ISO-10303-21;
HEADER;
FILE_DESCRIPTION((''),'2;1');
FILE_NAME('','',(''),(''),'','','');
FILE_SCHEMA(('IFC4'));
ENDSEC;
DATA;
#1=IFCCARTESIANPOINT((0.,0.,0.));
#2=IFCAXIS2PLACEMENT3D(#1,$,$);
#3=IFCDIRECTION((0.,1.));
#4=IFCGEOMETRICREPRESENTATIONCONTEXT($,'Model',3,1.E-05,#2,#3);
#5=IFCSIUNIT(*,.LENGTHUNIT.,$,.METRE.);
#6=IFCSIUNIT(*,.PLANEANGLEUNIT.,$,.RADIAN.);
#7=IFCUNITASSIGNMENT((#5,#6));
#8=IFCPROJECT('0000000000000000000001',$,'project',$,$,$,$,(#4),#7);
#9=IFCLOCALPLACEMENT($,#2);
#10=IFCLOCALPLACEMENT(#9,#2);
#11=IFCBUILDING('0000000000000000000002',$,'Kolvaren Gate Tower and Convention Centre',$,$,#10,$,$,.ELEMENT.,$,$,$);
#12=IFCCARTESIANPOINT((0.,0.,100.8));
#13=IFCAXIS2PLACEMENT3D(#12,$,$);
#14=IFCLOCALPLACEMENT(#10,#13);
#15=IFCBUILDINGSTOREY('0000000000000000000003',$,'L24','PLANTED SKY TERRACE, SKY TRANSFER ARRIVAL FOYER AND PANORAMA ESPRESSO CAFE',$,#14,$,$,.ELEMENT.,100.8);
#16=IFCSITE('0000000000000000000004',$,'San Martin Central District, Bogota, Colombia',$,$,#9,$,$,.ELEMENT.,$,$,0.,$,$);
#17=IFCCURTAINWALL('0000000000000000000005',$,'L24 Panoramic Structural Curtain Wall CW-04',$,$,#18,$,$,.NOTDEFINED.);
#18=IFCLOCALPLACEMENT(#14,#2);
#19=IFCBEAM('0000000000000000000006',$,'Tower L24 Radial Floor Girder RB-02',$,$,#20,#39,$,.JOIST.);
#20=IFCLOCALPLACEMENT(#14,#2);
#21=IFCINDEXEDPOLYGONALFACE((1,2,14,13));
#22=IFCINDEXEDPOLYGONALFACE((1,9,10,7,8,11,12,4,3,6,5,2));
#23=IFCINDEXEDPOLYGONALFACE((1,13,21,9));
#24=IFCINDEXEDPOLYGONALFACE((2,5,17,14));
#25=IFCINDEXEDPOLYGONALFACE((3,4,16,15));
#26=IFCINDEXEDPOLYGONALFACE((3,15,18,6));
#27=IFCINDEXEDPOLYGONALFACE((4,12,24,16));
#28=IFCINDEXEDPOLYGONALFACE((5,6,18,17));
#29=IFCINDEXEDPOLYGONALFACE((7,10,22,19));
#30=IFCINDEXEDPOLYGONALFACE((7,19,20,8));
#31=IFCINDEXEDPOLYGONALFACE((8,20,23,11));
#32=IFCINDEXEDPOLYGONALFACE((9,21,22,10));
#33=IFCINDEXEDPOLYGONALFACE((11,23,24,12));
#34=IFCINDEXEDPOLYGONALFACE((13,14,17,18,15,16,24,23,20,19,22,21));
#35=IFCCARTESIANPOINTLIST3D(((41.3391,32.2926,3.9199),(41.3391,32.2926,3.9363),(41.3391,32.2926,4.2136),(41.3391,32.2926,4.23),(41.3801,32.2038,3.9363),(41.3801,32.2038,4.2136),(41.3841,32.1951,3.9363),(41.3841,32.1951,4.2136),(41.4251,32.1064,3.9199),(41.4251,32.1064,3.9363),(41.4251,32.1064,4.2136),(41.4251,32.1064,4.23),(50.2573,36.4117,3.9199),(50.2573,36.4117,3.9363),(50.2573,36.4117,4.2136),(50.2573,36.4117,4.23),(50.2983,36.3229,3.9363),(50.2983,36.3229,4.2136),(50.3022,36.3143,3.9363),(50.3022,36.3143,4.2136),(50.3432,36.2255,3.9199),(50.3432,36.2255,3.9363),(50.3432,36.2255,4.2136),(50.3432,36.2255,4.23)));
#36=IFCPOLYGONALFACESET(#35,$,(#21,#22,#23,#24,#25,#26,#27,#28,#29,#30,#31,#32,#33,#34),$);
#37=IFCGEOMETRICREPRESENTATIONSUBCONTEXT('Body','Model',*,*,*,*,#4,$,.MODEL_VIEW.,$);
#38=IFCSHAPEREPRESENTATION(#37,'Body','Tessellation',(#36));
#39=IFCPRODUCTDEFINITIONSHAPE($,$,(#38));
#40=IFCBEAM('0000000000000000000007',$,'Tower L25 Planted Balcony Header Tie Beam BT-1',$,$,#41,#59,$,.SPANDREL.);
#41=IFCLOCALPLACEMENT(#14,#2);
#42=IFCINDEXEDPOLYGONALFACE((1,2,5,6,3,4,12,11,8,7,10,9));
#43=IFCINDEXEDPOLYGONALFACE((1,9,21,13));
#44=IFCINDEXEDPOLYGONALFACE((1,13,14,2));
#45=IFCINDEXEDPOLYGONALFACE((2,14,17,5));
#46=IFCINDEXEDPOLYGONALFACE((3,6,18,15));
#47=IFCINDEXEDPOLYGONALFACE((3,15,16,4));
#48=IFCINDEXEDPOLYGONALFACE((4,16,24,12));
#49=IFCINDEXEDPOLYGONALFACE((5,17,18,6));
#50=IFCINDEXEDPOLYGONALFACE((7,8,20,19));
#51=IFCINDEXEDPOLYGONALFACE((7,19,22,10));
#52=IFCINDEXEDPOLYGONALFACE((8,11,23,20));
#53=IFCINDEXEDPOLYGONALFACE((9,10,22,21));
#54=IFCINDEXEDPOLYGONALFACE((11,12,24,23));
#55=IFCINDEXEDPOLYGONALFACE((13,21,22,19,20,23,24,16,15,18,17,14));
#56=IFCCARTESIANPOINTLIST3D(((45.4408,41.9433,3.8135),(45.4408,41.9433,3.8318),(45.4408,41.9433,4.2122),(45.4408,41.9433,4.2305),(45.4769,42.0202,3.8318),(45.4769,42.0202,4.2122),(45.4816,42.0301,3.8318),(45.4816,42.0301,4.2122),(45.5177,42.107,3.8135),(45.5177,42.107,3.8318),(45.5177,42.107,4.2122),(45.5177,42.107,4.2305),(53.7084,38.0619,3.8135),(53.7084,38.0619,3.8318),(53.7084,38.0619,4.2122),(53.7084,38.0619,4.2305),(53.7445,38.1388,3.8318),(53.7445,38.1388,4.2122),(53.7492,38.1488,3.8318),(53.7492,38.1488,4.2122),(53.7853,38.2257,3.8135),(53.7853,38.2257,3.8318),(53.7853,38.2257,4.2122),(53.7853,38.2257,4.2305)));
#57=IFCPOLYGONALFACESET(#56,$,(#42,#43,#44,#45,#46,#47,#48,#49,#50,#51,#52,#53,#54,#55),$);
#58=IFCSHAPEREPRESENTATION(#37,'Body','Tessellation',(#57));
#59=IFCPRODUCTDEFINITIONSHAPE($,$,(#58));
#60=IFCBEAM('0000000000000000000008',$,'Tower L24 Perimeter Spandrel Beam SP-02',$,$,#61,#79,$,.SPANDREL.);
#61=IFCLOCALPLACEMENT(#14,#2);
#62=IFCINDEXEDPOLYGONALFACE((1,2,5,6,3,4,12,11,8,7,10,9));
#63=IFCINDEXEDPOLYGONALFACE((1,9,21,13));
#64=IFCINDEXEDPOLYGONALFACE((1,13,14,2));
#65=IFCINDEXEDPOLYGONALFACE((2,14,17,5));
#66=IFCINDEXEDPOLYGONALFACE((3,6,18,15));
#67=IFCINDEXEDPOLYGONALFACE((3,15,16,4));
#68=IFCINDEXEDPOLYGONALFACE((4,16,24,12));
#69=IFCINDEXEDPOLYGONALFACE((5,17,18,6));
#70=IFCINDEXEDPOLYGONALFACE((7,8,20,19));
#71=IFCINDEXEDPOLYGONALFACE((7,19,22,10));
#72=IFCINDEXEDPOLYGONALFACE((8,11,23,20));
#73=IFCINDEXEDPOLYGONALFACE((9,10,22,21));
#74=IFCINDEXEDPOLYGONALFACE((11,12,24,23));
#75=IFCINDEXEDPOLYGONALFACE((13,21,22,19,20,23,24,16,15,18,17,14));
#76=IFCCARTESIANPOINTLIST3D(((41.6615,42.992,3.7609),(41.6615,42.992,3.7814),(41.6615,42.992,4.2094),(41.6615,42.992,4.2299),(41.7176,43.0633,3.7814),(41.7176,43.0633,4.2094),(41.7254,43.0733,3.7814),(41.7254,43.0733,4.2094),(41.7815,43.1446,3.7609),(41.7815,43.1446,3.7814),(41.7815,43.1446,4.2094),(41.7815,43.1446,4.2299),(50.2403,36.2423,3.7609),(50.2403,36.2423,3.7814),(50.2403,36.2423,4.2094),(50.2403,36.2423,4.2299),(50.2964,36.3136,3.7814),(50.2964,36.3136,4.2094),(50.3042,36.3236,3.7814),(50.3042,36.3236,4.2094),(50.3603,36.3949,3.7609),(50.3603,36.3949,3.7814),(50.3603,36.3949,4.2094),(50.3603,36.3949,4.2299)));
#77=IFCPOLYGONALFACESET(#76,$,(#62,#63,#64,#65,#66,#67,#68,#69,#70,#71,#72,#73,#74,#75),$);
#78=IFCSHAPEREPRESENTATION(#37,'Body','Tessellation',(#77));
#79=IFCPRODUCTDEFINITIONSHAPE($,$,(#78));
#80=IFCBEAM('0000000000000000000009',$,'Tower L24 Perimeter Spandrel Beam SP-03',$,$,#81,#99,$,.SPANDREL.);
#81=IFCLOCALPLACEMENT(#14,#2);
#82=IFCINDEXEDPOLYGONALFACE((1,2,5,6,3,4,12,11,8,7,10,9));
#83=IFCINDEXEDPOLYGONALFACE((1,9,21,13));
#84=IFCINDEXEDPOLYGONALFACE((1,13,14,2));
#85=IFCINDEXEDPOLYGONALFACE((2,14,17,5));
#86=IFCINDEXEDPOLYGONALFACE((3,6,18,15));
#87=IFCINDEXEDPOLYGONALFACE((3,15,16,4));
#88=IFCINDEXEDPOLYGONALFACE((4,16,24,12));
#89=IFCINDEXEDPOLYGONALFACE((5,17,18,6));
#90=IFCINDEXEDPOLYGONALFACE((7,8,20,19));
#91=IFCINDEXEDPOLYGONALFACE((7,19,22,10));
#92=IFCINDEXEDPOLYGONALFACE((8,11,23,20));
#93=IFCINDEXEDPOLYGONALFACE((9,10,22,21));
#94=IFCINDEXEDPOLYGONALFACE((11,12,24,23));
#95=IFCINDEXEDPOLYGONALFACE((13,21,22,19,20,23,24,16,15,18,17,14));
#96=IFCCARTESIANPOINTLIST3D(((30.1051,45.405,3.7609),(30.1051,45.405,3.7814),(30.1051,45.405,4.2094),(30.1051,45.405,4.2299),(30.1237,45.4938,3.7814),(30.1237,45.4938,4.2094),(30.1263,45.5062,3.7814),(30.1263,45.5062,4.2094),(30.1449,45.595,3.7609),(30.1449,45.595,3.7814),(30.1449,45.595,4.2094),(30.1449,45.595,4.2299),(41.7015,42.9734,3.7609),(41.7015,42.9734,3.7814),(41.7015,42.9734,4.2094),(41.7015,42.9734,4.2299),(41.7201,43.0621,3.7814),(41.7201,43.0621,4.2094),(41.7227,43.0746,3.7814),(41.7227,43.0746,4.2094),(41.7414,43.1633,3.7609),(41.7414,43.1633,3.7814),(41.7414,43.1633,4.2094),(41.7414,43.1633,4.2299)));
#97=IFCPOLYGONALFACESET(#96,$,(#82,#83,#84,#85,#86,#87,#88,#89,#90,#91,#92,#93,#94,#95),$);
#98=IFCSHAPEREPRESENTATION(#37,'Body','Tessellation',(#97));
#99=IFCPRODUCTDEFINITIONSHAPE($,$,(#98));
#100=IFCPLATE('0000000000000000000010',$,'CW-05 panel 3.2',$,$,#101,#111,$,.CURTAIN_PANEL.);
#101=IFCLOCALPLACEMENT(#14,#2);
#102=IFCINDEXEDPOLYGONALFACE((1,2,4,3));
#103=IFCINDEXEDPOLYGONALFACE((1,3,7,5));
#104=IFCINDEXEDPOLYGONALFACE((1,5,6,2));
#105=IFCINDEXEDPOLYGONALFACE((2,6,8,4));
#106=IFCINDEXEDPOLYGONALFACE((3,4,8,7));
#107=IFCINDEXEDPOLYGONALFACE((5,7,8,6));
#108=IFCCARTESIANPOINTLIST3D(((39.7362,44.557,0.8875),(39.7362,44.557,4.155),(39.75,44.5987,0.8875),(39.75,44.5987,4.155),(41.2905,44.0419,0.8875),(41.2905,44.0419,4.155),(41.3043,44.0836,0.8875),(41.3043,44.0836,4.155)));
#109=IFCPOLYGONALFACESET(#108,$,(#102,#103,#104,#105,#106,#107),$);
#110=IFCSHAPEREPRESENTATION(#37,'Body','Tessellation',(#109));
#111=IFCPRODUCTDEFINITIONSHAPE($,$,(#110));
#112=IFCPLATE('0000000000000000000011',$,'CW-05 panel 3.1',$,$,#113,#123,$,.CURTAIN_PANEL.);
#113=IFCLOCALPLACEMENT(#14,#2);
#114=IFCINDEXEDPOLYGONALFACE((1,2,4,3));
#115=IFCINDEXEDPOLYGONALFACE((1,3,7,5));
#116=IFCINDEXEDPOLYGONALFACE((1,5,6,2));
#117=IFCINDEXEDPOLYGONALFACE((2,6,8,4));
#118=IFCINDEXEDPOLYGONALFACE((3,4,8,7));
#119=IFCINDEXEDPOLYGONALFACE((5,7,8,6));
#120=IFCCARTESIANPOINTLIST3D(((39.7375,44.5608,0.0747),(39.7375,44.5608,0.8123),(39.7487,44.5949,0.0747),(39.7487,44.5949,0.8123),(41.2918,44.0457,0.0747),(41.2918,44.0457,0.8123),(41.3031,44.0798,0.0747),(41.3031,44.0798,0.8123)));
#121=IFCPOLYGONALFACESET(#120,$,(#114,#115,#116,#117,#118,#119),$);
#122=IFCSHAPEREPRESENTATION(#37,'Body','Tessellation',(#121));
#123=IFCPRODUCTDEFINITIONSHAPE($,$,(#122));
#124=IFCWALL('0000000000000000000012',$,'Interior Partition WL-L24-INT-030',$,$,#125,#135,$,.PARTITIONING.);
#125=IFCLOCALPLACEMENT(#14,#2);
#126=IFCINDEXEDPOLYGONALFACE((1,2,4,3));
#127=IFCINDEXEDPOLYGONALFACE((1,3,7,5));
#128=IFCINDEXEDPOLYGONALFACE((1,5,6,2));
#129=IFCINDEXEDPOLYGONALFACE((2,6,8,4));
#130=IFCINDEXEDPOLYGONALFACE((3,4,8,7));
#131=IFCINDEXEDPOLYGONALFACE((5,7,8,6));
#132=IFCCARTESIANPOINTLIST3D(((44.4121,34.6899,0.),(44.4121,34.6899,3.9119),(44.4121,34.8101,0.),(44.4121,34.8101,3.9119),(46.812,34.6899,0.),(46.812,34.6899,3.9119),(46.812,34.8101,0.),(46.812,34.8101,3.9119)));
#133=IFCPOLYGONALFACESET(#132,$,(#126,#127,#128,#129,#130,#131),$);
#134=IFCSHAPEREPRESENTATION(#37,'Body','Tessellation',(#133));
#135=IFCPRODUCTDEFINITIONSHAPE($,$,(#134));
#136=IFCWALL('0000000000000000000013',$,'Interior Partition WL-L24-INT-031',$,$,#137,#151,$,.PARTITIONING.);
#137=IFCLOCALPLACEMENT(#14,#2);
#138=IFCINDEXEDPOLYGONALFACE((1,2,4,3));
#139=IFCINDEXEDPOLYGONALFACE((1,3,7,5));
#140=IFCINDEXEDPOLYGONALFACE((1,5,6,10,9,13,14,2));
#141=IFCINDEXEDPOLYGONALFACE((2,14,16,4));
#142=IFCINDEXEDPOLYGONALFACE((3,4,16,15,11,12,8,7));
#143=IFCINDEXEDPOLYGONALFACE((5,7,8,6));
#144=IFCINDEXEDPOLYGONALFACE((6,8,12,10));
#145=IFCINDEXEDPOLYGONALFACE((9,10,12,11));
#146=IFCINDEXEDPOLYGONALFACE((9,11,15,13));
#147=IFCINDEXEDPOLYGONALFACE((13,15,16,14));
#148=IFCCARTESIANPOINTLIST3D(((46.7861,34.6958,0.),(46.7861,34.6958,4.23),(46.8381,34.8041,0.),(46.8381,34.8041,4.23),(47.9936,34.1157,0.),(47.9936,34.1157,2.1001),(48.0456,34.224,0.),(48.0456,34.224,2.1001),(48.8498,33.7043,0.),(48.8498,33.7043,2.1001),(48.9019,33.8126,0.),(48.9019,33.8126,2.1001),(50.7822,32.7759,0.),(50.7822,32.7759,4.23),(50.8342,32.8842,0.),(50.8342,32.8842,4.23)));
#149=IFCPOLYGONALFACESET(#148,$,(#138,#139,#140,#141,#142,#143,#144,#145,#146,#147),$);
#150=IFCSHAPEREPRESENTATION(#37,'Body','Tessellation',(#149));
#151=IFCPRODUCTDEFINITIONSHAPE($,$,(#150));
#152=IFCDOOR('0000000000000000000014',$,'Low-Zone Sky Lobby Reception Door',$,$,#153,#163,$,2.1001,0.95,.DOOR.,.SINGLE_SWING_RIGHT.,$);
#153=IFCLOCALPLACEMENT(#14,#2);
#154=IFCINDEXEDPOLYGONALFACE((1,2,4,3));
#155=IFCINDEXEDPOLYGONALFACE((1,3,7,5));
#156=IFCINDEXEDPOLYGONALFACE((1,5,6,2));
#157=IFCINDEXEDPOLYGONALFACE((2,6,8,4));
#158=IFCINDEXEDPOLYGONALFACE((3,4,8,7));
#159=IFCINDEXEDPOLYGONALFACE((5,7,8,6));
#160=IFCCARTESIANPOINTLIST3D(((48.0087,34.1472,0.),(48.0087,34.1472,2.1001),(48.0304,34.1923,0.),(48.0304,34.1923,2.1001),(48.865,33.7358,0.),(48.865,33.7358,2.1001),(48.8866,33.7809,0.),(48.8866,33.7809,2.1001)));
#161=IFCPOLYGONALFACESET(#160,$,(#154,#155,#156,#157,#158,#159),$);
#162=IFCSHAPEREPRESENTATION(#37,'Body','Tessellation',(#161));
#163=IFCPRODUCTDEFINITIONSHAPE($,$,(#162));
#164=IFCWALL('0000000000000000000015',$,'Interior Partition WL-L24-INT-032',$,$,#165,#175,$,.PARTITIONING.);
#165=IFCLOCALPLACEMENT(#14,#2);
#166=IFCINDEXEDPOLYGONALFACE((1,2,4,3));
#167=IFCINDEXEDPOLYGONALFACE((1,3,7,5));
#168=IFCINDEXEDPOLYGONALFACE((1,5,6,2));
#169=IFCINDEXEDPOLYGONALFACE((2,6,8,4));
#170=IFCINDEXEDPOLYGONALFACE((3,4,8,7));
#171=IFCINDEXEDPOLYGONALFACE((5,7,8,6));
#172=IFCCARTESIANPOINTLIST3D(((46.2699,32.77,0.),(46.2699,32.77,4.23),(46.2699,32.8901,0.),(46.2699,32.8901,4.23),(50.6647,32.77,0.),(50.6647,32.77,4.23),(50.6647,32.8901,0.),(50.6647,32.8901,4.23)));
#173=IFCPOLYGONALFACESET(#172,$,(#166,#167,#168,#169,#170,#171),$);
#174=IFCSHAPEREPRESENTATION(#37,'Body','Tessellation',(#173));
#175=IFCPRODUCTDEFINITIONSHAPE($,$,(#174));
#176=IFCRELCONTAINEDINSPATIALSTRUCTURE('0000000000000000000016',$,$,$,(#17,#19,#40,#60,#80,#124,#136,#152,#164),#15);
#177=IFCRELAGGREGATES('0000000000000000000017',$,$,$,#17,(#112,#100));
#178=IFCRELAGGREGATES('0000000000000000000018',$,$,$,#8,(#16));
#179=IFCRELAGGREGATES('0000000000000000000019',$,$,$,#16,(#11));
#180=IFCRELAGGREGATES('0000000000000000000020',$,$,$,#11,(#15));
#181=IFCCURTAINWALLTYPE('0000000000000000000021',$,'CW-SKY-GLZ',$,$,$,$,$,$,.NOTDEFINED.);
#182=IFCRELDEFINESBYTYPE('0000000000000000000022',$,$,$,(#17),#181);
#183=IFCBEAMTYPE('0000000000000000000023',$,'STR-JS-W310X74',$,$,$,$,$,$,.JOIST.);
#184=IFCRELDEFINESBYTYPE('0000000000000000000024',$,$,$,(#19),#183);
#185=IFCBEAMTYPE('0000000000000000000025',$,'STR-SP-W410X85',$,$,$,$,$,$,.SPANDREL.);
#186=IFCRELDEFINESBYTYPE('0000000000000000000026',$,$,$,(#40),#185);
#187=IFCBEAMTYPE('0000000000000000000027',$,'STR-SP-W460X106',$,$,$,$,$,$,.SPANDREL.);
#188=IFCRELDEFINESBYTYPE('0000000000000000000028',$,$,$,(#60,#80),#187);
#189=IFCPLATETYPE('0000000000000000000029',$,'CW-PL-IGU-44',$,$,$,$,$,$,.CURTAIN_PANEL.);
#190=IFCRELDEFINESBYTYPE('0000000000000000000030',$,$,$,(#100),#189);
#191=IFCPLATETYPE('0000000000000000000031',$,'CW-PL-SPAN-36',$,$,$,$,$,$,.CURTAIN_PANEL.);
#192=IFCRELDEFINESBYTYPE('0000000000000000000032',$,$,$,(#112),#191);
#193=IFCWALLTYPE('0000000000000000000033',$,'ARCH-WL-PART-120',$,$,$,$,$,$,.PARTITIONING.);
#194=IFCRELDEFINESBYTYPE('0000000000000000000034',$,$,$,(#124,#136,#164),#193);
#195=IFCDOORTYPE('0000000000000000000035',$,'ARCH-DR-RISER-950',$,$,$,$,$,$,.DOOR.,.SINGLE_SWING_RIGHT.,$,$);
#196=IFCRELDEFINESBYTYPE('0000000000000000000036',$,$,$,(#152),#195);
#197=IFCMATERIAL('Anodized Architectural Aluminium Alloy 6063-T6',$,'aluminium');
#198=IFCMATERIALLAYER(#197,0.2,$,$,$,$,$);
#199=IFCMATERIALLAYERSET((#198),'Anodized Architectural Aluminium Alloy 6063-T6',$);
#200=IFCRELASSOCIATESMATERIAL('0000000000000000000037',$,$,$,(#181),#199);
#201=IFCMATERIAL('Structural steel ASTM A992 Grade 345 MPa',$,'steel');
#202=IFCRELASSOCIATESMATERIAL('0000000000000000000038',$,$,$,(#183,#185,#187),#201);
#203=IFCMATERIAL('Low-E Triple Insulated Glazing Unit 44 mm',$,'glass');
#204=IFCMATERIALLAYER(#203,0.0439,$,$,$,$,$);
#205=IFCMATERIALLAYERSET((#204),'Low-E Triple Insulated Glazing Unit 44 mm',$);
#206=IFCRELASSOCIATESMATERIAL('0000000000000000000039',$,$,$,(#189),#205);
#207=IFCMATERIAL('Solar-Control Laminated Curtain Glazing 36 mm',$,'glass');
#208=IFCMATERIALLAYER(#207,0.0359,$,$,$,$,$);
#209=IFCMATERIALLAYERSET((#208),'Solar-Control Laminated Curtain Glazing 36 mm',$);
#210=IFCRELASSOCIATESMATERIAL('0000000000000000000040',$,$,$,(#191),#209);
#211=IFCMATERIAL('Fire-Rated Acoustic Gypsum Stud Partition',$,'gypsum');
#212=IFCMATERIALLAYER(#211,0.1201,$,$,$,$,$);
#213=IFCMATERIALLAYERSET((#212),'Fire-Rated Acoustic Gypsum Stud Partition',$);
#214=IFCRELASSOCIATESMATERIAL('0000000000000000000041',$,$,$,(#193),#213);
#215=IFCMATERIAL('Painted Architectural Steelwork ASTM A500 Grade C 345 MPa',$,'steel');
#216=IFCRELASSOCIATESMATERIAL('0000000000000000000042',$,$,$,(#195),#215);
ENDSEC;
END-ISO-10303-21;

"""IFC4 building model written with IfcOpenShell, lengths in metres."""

from ifc_helpers import new_model, si_unit, direction, frame, frame_2d, origin, origin_2d, place, context, subcontext, project, spatial, rectangle, i_section, extrude, material, layer, layer_set, material_profile, profile_set, type_object, element, fill, aggregate, save


model = new_model("IFC4")

# Units and contexts
model_context = context("Model", 3, precision=1e-05, world=origin(), true_north=direction((0.0, 1.0)))
body_context = subcontext(model_context, "Body", "Model", "MODEL_VIEW")
ifc_project = project(units=[si_unit("LENGTHUNIT", "METRE"), si_unit("PLANEANGLEUNIT", "RADIAN")], contexts=[model_context])

# Site, building, storey
site_placement = place(None, origin())
site = spatial("IfcSite", under=ifc_project, at=site_placement, Name="San Martin Central District, Bogota, Colombia", CompositionType="ELEMENT", RefElevation=0.0)
building_placement = place(site_placement, origin())
building = spatial("IfcBuilding", under=site, at=building_placement, Name="Kolvaren Gate Tower and Convention Centre", CompositionType="ELEMENT")
storey_placement = place(building_placement, frame((0.0, 0.0, 100.8)))
storey = spatial("IfcBuildingStorey", under=building, at=storey_placement, Name="L24", Description="PLANTED SKY TERRACE, SKY TRANSFER ARRIVAL FOYER AND PANORAMA ESPRESSO CAFE", CompositionType="ELEMENT", Elevation=100.8)

# Shared definitions
ifc_material_1 = material(Name="Anodized Architectural Aluminium Alloy 6063-T6", Category="aluminium")
ifc_layer_1 = layer(ifc_material_1, 0.2)
ifc_layer_set_1 = layer_set([ifc_layer_1], Name="Anodized Architectural Aluminium Alloy 6063-T6")
curtain_wall_type = type_object("IfcCurtainWallType", Name="CW-SKY-GLZ", PredefinedType="NOTDEFINED", material=ifc_layer_set_1)

# Curtain wall
curtain_wall_1_placement = place(storey_placement, origin())
curtain_wall_1 = element("IfcCurtainWall", 1, at=curtain_wall_1_placement, inside=storey, type_object=curtain_wall_type, Name="L24 Panoramic Structural Curtain Wall CW-04", PredefinedType="NOTDEFINED")

# Beams
ifc_material_2 = material(Name="Structural steel ASTM A992 Grade 345 MPa", Category="steel")
ifc_material_profile_1 = material_profile(ifc_material_2, i_section(OverallWidth=0.2051, OverallDepth=0.3101, WebThickness=0.0095, FlangeThickness=0.0164, at=origin_2d()), Name="W310X74")
ifc_profile_set_1 = profile_set([ifc_material_profile_1], Name="Structural steel ASTM A992 Grade 345 MPa")
beam_type_1 = type_object("IfcBeamType", Name="STR-JS-W310X74", PredefinedType="JOIST", material=ifc_profile_set_1)
beam_1_placement = place(storey_placement, frame((41.3821, 32.1995, 4.075), z_axis=(0.907842, 0.419313, 0.0), x_axis=(-0.419313, 0.907842, 0.0)))
element("IfcBeam", 2, at=beam_1_placement, inside=storey, type_object=beam_type_1, Name="Tower L24 Radial Floor Girder RB-02", PredefinedType="JOIST", context=body_context, shape_type="SweptSolid", body=[
    extrude(i_section(OverallWidth=0.2051, OverallDepth=0.3101, WebThickness=0.0095, FlangeThickness=0.0164, at=origin_2d()), origin(), (0.0, 0.0, 1.0), 9.8235),
])
ifc_material_profile_2 = material_profile(ifc_material_2, i_section(OverallWidth=0.1809, OverallDepth=0.417, WebThickness=0.011, FlangeThickness=0.0183, at=origin_2d()), Name="W410X85")
ifc_profile_set_2 = profile_set([ifc_material_profile_2], Name="Structural steel ASTM A992 Grade 345 MPa")
beam_type_2 = type_object("IfcBeamType", Name="STR-SP-W410X85", PredefinedType="SPANDREL", material=ifc_profile_set_2)
beam_2_placement = place(storey_placement, frame((53.7468, 38.1438, 4.022), z_axis=(-0.90521, 0.424965, 0.0), x_axis=(-0.424965, -0.90521, 0.0)))
element("IfcBeam", 3, at=beam_2_placement, inside=storey, type_object=beam_type_2, Name="Tower L25 Planted Balcony Header Tie Beam BT-1", PredefinedType="SPANDREL", context=body_context, shape_type="SweptSolid", body=[
    extrude(i_section(OverallWidth=0.1809, OverallDepth=0.417, WebThickness=0.011, FlangeThickness=0.0183, at=origin_2d()), origin(), (0.0, 0.0, 1.0), 9.1333),
])
ifc_material_profile_3 = material_profile(ifc_material_2, i_section(OverallWidth=0.1941, OverallDepth=0.469, WebThickness=0.0127, FlangeThickness=0.0205, at=origin_2d()), Name="W460X106")
ifc_profile_set_3 = profile_set([ifc_material_profile_3], Name="Structural steel ASTM A992 Grade 345 MPa")
beam_type_3 = type_object("IfcBeamType", Name="STR-SP-W460X106", PredefinedType="SPANDREL", material=ifc_profile_set_3)
beam_3_placement = place(storey_placement, frame((50.3003, 36.3186, 3.9954), z_axis=(-0.785908, 0.618344, 0.0), x_axis=(-0.618344, -0.785908, 0.0)))
element("IfcBeam", 4, at=beam_3_placement, inside=storey, type_object=beam_type_3, Name="Tower L24 Perimeter Spandrel Beam SP-02", PredefinedType="SPANDREL", context=body_context, shape_type="SweptSolid", body=[
    extrude(i_section(OverallWidth=0.1941, OverallDepth=0.469, WebThickness=0.0127, FlangeThickness=0.0205, at=origin_2d()), origin(), (0.0, 0.0, 1.0), 10.9158),
])
beam_4_placement = place(storey_placement, frame((41.7214, 43.0684, 3.9954), z_axis=(-0.978715, 0.205225, 0.0), x_axis=(-0.205225, -0.978715, 0.0)))
element("IfcBeam", 5, at=beam_4_placement, inside=storey, type_object=beam_type_3, Name="Tower L24 Perimeter Spandrel Beam SP-03", PredefinedType="SPANDREL", context=body_context, shape_type="SweptSolid", body=[
    extrude(i_section(OverallWidth=0.1941, OverallDepth=0.469, WebThickness=0.0127, FlangeThickness=0.0205, at=origin_2d()), origin(), (0.0, 0.0, 1.0), 11.8486),
])

# Plates
ifc_material_3 = material(Name="Low-E Triple Insulated Glazing Unit 44 mm", Category="glass")
ifc_layer_2 = layer(ifc_material_3, 0.0439)
ifc_layer_set_2 = layer_set([ifc_layer_2], Name="Low-E Triple Insulated Glazing Unit 44 mm")
plate_type_1 = type_object("IfcPlateType", Name="CW-PL-IGU-44", PredefinedType="CURTAIN_PANEL", material=ifc_layer_set_2)
plate_1_placement = place(storey_placement, frame((40.5203, 44.3203, 0.8875), z_axis=(0.0, 0.0, 1.0), x_axis=(0.94924, -0.314553, 0.0)))
plate_1 = element("IfcPlate", 6, at=plate_1_placement, type_object=plate_type_1, Name="CW-05 panel 3.2", PredefinedType="CURTAIN_PANEL", context=body_context, shape_type="SweptSolid", body=[
    extrude(rectangle(XDim=1.6375, YDim=0.0439, at=origin_2d()), origin(), (0.0, 0.0, 1.0), 3.2676),
])
ifc_material_4 = material(Name="Solar-Control Laminated Curtain Glazing 36 mm", Category="glass")
ifc_layer_3 = layer(ifc_material_4, 0.0359)
ifc_layer_set_3 = layer_set([ifc_layer_3], Name="Solar-Control Laminated Curtain Glazing 36 mm")
plate_type_2 = type_object("IfcPlateType", Name="CW-PL-SPAN-36", PredefinedType="CURTAIN_PANEL", material=ifc_layer_set_3)
plate_2_placement = place(storey_placement, frame((40.5203, 44.3203, 0.0747), z_axis=(0.0, 0.0, 1.0), x_axis=(0.94924, -0.314553, 0.0)))
plate_2 = element("IfcPlate", 7, at=plate_2_placement, type_object=plate_type_2, Name="CW-05 panel 3.1", PredefinedType="CURTAIN_PANEL", context=body_context, shape_type="SweptSolid", body=[
    extrude(rectangle(XDim=1.6375, YDim=0.0359, at=origin_2d()), origin(), (0.0, 0.0, 1.0), 0.7375),
])
aggregate(curtain_wall_1, [plate_2, plate_1])

# Wall
ifc_material_5 = material(Name="Fire-Rated Acoustic Gypsum Stud Partition", Category="gypsum")
ifc_layer_4 = layer(ifc_material_5, 0.1201)
ifc_layer_set_4 = layer_set([ifc_layer_4], Name="Fire-Rated Acoustic Gypsum Stud Partition")
wall_type_1 = type_object("IfcWallType", Name="ARCH-WL-PART-120", PredefinedType="PARTITIONING", material=ifc_layer_set_4)
wall_1_placement = place(storey_placement, frame((44.4121, 34.75, 0.0), z_axis=(0.0, 0.0, 1.0), x_axis=(1.0, 0.0, 0.0)))
element("IfcWall", 8, at=wall_1_placement, inside=storey, type_object=wall_type_1, Name="Interior Partition WL-L24-INT-030", PredefinedType="PARTITIONING", context=body_context, shape_type="SweptSolid", body=[
    extrude(rectangle(XDim=2.3999, YDim=0.1201, at=frame_2d((1.2, 0.0))), origin(), (0.0, 0.0, 1.0), 3.9119),
])

# Wall, opening, door
wall_2_placement = place(storey_placement, frame((46.812, 34.75, 0.0), z_axis=(0.0, 0.0, 1.0), x_axis=(0.901365, -0.43306, 0.0)))
wall_2 = element("IfcWall", 9, at=wall_2_placement, inside=storey, type_object=wall_type_1, Name="Interior Partition WL-L24-INT-031", PredefinedType="PARTITIONING", context=body_context, shape_type="SweptSolid", body=[
    extrude(rectangle(XDim=4.4333, YDim=0.1201, at=frame_2d((2.2168, 0.0))), origin(), (0.0, 0.0, 1.0), 4.23),
])
opening_1_placement = place(wall_2_placement, frame((1.3396, 0.0, 0.0)))
opening_1 = element("IfcOpeningElement", 10, at=opening_1_placement, cuts=wall_2, PredefinedType="OPENING", context=body_context, shape_type="SweptSolid", body=[
    extrude(rectangle(XDim=0.95, YDim=2.1001, at=frame_2d((0.4751, 1.05))), frame((0.0, 0.0701, 0.0), z_axis=(0.0, -1.0, 0.0), x_axis=(1.0, 0.0, 0.0)), (0.0, 0.0, 1.0), 0.1401),
])
ifc_material_6 = material(Name="Painted Architectural Steelwork ASTM A500 Grade C 345 MPa", Category="steel")
door_type_1 = type_object("IfcDoorType", Name="ARCH-DR-RISER-950", OperationType="SINGLE_SWING_RIGHT", PredefinedType="DOOR", material=ifc_material_6)
door_1_placement = place(opening_1_placement, origin())
door_1 = element("IfcDoor", 11, at=door_1_placement, inside=storey, type_object=door_type_1, Name="Low-Zone Sky Lobby Reception Door", OperationType="SINGLE_SWING_RIGHT", OverallHeight=2.1001, OverallWidth=0.95, PredefinedType="DOOR", context=body_context, shape_type="SweptSolid", body=[
    extrude(rectangle(XDim=0.95, YDim=2.1001, at=frame_2d((0.4751, 1.05))), frame((0.0, 0.0249, 0.0), z_axis=(0.0, -1.0, 0.0), x_axis=(1.0, 0.0, 0.0)), (0.0, 0.0, 1.0), 0.05),
])
fill(opening_1, door_1)

# Wall
wall_3_placement = place(storey_placement, frame((46.27, 32.8301, 0.0), z_axis=(0.0, 0.0, 1.0), x_axis=(1.0, 0.0, 0.0)))
element("IfcWall", 12, at=wall_3_placement, inside=storey, type_object=wall_type_1, Name="Interior Partition WL-L24-INT-032", PredefinedType="PARTITIONING", context=body_context, shape_type="SweptSolid", body=[
    extrude(rectangle(XDim=4.3948, YDim=0.1201, at=frame_2d((2.1973, 0.0))), origin(), (0.0, 0.0, 1.0), 4.23),
])

save(model, "model.ifc")
